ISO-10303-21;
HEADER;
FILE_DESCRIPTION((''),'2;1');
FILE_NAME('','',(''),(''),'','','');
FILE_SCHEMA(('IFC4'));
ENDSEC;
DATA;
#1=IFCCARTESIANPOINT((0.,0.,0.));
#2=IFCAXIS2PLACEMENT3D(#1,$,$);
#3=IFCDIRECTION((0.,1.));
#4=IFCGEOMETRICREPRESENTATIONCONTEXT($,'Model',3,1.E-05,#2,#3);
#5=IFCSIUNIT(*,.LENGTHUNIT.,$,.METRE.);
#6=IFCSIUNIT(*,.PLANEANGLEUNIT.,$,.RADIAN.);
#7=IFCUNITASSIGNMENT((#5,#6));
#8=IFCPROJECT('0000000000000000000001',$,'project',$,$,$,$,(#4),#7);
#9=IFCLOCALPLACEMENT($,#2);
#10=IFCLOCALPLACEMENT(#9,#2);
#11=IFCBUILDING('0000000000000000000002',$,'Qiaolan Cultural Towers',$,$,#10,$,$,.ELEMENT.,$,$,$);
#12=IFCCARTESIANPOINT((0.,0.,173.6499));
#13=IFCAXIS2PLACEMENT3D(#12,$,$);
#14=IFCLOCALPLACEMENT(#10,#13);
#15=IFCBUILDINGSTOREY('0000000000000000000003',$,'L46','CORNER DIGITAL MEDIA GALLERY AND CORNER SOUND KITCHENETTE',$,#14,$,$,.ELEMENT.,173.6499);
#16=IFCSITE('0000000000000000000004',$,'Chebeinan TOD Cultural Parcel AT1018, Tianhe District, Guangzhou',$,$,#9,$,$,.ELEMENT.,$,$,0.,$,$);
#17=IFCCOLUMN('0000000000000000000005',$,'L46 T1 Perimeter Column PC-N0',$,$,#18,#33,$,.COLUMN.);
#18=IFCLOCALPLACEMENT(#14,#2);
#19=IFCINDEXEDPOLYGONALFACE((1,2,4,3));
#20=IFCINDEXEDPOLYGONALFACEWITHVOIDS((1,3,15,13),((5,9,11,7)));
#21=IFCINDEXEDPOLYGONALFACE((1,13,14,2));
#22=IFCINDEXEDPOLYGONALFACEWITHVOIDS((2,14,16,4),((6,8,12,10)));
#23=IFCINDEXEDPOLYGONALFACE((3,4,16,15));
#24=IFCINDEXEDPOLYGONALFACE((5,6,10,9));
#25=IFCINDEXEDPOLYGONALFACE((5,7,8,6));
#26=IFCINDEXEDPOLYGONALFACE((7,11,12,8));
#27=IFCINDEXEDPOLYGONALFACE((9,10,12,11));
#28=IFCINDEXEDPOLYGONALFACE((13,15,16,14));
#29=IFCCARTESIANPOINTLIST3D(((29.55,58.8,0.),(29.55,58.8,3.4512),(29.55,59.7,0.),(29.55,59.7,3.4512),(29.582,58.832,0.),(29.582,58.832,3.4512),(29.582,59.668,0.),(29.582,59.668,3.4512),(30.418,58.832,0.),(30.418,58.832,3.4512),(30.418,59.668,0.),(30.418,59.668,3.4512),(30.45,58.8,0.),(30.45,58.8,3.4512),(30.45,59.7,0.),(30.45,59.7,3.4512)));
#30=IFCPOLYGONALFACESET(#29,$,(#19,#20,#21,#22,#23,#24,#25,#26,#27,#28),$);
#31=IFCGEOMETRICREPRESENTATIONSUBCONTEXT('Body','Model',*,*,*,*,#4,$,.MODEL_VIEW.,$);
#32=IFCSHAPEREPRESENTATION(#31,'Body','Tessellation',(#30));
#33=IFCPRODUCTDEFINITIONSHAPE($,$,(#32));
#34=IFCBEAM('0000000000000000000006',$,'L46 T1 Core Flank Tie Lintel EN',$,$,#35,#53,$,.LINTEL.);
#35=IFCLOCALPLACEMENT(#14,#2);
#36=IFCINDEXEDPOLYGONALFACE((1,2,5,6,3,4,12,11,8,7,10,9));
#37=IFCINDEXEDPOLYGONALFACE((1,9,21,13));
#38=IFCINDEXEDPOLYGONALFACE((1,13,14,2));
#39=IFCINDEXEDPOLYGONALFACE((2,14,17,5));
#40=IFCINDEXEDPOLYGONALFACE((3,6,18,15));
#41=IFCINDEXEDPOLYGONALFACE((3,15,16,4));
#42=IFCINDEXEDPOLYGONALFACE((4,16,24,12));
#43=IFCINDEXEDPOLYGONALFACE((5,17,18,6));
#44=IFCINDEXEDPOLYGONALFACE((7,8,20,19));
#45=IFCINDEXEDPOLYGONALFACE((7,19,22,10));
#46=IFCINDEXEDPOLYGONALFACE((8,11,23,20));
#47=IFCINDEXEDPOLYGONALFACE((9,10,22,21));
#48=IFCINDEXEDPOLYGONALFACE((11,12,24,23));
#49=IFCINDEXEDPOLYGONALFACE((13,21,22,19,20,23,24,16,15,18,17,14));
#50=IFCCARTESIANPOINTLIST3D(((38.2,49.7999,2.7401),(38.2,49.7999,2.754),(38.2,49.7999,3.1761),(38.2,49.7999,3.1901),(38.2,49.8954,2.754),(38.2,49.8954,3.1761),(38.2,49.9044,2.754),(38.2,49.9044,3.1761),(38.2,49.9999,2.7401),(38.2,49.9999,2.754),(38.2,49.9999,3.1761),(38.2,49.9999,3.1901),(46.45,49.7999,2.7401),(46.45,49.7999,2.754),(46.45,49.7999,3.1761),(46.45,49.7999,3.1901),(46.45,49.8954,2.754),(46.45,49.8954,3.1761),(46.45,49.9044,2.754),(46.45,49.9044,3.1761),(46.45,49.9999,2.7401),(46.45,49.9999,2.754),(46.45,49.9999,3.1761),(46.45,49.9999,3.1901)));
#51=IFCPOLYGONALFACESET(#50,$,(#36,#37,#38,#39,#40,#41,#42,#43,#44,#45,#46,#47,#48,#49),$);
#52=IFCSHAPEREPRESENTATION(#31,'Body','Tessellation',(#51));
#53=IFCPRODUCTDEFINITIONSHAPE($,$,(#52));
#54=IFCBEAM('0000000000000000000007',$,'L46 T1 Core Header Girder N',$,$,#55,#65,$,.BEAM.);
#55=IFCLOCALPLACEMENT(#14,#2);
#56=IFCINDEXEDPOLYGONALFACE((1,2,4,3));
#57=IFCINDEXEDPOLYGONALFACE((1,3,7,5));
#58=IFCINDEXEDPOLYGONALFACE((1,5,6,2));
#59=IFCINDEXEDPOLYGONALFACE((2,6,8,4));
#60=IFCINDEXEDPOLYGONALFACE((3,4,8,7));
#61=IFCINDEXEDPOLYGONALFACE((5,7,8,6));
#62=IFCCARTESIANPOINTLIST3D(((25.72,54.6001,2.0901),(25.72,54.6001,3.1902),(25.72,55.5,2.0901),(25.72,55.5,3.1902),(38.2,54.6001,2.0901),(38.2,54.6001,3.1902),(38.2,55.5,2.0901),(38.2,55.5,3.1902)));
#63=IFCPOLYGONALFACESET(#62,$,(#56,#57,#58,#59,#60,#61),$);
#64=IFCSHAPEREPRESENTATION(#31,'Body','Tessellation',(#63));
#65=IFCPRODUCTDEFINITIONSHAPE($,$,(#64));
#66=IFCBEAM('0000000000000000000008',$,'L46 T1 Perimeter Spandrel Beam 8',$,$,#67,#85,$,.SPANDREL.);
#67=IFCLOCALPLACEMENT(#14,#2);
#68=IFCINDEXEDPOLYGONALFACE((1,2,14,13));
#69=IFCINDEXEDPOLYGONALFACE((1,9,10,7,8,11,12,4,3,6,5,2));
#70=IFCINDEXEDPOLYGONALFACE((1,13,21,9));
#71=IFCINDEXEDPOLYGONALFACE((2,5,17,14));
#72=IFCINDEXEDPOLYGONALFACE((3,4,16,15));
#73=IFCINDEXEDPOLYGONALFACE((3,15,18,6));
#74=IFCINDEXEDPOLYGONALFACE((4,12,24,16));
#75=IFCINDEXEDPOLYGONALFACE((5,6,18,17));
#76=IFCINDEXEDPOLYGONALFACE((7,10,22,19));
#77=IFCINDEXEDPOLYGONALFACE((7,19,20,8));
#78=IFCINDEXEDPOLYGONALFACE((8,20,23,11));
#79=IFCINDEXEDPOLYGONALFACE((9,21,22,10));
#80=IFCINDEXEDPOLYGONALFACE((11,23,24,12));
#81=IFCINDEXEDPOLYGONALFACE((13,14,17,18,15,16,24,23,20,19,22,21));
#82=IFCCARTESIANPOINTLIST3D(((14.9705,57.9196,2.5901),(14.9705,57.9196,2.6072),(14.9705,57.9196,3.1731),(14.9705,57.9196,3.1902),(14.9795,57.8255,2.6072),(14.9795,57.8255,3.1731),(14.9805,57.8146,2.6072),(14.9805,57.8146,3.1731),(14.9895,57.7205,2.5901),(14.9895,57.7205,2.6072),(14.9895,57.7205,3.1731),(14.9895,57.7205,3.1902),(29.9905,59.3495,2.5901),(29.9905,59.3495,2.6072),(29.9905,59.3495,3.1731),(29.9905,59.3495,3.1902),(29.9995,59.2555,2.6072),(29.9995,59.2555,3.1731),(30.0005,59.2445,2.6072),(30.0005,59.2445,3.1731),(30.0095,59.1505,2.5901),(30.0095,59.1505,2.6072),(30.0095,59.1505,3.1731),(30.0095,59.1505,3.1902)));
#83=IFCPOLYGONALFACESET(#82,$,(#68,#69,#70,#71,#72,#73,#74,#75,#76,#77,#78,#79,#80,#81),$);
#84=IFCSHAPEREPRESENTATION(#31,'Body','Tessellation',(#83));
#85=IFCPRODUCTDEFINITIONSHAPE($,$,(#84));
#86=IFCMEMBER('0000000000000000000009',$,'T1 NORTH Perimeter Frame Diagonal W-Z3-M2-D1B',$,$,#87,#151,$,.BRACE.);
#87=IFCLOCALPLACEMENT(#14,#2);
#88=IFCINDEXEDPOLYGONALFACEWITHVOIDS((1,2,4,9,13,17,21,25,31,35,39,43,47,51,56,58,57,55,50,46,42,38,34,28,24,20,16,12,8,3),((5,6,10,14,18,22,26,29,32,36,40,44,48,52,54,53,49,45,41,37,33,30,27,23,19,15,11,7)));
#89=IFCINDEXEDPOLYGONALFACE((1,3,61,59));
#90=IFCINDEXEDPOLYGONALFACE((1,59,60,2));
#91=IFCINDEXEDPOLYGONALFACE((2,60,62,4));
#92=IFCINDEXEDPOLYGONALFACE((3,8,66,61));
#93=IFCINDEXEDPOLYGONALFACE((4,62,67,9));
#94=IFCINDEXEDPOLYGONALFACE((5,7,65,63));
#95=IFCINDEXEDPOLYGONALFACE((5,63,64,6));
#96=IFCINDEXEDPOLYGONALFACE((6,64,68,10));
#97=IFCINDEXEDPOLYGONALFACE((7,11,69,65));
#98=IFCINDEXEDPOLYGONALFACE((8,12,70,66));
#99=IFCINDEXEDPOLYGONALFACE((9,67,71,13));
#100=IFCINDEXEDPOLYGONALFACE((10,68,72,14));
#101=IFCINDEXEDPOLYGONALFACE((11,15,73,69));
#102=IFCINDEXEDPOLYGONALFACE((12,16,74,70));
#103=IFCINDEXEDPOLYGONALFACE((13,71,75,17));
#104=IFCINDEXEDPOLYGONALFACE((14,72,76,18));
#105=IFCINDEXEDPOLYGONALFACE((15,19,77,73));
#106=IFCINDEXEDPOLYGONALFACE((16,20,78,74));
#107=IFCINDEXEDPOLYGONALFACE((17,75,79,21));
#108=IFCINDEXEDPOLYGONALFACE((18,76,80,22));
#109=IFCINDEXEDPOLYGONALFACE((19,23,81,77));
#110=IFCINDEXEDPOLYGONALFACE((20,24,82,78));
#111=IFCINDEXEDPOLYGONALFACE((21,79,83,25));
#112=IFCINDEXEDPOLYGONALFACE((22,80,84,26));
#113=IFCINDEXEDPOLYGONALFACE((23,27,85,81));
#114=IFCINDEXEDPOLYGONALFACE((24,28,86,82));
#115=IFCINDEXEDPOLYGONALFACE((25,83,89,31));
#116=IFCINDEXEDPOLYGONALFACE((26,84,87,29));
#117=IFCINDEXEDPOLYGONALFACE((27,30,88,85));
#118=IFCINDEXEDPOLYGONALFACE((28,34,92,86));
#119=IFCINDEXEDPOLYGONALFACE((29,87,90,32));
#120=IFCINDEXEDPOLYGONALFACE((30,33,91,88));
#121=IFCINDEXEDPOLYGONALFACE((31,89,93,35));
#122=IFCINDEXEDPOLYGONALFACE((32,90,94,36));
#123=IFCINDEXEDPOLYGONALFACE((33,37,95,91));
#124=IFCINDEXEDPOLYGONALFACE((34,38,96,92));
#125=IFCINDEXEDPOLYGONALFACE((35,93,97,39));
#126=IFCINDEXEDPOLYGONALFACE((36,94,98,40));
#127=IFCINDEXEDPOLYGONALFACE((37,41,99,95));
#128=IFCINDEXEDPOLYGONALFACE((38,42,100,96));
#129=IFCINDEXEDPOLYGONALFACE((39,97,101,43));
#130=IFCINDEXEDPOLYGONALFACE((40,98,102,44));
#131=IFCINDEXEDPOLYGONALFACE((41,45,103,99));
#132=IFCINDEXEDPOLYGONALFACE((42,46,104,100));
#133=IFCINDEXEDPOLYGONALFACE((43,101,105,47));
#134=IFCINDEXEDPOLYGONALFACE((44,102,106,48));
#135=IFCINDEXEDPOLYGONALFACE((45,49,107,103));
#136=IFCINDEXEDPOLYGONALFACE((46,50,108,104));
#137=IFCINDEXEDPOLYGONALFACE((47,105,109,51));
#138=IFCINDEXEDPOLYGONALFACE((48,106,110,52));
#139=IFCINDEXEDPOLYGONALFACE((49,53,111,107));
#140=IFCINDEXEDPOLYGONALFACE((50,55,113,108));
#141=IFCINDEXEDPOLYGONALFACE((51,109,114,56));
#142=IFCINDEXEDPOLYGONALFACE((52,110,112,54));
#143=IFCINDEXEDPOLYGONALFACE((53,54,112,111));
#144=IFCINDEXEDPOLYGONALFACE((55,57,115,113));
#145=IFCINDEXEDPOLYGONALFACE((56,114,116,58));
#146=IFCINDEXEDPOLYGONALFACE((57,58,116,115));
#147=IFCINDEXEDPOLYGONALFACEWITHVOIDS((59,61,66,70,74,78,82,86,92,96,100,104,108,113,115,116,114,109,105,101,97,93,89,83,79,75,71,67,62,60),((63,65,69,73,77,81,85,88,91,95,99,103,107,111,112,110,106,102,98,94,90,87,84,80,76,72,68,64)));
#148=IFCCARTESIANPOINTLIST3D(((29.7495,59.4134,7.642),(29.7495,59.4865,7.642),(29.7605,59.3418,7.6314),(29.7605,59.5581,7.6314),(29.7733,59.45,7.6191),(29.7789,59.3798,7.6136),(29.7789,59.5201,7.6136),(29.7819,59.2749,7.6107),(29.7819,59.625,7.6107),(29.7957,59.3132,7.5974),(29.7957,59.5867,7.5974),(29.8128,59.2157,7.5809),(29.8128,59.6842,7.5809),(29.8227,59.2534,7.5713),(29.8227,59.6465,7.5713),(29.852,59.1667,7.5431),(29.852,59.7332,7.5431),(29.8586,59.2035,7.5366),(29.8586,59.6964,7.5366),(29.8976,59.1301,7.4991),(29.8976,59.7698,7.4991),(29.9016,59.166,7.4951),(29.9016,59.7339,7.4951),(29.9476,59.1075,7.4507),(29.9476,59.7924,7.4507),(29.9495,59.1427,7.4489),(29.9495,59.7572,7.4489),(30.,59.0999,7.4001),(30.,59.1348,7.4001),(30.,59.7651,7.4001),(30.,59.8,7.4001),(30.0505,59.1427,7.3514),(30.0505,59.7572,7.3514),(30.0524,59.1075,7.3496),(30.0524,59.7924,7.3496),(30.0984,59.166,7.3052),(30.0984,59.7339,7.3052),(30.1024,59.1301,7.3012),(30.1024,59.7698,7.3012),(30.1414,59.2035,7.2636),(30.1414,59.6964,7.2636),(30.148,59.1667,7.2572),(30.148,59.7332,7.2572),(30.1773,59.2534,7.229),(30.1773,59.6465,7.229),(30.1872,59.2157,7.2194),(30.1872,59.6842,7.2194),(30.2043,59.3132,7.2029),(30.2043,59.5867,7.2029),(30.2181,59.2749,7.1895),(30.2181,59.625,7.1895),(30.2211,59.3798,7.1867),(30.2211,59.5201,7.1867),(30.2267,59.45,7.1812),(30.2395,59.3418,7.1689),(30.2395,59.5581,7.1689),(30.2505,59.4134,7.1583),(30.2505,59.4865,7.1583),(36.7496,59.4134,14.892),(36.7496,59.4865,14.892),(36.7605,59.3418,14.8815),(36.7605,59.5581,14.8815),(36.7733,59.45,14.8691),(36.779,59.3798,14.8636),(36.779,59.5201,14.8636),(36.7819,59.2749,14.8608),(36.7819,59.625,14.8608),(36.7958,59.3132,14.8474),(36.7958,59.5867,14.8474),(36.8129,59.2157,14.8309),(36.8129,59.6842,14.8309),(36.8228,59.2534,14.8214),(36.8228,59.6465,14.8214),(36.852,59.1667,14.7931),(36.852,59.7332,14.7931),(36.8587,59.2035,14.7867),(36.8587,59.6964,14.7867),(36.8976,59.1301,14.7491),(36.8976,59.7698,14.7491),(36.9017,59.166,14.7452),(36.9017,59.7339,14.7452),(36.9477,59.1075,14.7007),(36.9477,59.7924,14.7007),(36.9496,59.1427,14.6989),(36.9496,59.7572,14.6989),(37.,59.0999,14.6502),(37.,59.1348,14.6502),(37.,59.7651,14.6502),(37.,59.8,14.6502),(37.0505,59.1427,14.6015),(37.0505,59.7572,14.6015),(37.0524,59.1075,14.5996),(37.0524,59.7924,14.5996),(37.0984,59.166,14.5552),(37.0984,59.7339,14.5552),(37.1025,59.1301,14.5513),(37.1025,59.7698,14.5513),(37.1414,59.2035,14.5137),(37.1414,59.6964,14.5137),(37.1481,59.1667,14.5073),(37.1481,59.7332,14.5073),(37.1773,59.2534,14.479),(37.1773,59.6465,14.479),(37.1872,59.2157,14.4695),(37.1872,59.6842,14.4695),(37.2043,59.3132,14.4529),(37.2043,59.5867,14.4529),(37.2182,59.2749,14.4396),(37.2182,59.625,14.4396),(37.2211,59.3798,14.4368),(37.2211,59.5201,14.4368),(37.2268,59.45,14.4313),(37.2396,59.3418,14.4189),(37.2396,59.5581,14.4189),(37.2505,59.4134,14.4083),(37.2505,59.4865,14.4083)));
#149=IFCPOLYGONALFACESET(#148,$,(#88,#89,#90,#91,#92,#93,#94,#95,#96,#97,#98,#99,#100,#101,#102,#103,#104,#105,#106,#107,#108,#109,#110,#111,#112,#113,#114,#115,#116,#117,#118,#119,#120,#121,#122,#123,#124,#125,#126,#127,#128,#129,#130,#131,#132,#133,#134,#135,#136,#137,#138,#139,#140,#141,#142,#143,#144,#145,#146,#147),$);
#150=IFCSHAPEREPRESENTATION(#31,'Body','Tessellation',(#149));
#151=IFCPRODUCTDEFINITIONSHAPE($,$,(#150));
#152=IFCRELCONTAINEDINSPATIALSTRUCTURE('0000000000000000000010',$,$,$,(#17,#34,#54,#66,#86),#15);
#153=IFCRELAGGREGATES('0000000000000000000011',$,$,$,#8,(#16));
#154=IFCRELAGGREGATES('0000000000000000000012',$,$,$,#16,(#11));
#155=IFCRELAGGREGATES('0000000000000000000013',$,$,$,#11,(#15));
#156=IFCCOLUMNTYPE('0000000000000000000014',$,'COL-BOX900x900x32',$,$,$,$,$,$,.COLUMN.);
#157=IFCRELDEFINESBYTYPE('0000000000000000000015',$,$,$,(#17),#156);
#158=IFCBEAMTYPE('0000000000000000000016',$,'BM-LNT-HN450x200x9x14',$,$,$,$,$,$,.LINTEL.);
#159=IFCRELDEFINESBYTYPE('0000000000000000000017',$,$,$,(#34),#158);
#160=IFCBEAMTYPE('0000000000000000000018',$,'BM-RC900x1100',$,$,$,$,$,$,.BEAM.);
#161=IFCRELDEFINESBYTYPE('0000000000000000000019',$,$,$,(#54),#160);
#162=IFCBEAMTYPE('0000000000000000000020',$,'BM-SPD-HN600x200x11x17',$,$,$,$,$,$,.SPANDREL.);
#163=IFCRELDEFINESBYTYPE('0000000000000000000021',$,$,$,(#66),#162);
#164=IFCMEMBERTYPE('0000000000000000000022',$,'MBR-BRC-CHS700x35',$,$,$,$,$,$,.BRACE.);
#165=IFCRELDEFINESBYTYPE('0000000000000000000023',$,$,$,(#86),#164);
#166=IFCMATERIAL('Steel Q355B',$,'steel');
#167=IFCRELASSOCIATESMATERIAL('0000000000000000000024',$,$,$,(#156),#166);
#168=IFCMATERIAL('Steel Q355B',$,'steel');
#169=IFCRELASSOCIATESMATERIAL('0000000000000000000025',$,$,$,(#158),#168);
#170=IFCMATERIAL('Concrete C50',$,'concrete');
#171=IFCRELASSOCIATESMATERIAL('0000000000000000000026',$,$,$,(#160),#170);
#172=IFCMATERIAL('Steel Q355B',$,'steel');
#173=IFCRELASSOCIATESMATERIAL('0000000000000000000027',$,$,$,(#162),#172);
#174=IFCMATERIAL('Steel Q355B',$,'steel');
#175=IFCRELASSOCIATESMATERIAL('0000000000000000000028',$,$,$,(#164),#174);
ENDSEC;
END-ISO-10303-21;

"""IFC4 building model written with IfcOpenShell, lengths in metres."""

from ifc_helpers import new_model, si_unit, direction, frame, origin, origin_2d, place, context, subcontext, project, spatial, rectangle, hollow_rectangle, hollow_circle, i_section, extrude, material, material_profile, profile_set, type_object, element, save


model = new_model("IFC4")

# Units and contexts
model_context = context("Model", 3, precision=1e-05, world=origin(), true_north=direction((0.0, 1.0)))
body_context = subcontext(model_context, "Body", "Model", "MODEL_VIEW")
ifc_project = project(units=[si_unit("LENGTHUNIT", "METRE"), si_unit("PLANEANGLEUNIT", "RADIAN")], contexts=[model_context])

# Site, building, storey
site_placement = place(None, origin())
site = spatial("IfcSite", under=ifc_project, at=site_placement, Name="Chebeinan TOD Cultural Parcel AT1018, Tianhe District, Guangzhou", CompositionType="ELEMENT", RefElevation=0.0)
building_placement = place(site_placement, origin())
building = spatial("IfcBuilding", under=site, at=building_placement, Name="Qiaolan Cultural Towers", CompositionType="ELEMENT")
storey_placement = place(building_placement, frame((0.0, 0.0, 173.6499)))
storey = spatial("IfcBuildingStorey", under=building, at=storey_placement, Name="L46", Description="CORNER DIGITAL MEDIA GALLERY AND CORNER SOUND KITCHENETTE", CompositionType="ELEMENT", Elevation=173.6499)

# Column
ifc_material_1 = material(Name="Steel Q355B", Category="steel")
ifc_material_profile_1 = material_profile(ifc_material_1, hollow_rectangle(XDim=0.8999, YDim=0.8999, WallThickness=0.032, at=origin_2d()), Name="BOX900x900x32")
ifc_profile_set_1 = profile_set([ifc_material_profile_1], Name="Steel Q355B")
column_type = type_object("IfcColumnType", Name="COL-BOX900x900x32", PredefinedType="COLUMN", material=ifc_profile_set_1)
column_placement = place(storey_placement, frame((30.0, 59.25, 0.0), z_axis=(0.0, 0.0, 1.0), x_axis=(1.0, 0.0, 0.0)))
element("IfcColumn", 1, at=column_placement, inside=storey, type_object=column_type, Name="L46 T1 Perimeter Column PC-N0", PredefinedType="COLUMN", context=body_context, shape_type="SweptSolid", body=[
    extrude(hollow_rectangle(XDim=0.8999, YDim=0.8999, WallThickness=0.032, at=origin_2d()), origin(), (0.0, 0.0, 1.0), 3.4512),
])

# Beams
ifc_material_2 = material(Name="Steel Q355B", Category="steel")
ifc_material_profile_2 = material_profile(ifc_material_2, i_section(OverallWidth=0.2, OverallDepth=0.45, WebThickness=0.009, FlangeThickness=0.0139, at=origin_2d()), Name="HN450x200x9x14")
ifc_profile_set_2 = profile_set([ifc_material_profile_2], Name="Steel Q355B")
beam_type_1 = type_object("IfcBeamType", Name="BM-LNT-HN450x200x9x14", PredefinedType="LINTEL", material=ifc_profile_set_2)
beam_1_placement = place(storey_placement, frame((38.2, 49.8999, 2.9651), z_axis=(1.0, 0.0, 0.0), x_axis=(0.0, 1.0, 0.0)))
element("IfcBeam", 2, at=beam_1_placement, inside=storey, type_object=beam_type_1, Name="L46 T1 Core Flank Tie Lintel EN", PredefinedType="LINTEL", context=body_context, shape_type="SweptSolid", body=[
    extrude(i_section(OverallWidth=0.2, OverallDepth=0.45, WebThickness=0.009, FlangeThickness=0.0139, at=origin_2d()), origin(), (0.0, 0.0, 1.0), 8.25),
])
ifc_material_3 = material(Name="Concrete C50", Category="concrete")
ifc_material_profile_3 = material_profile(ifc_material_3, rectangle(XDim=0.8999, YDim=1.1001, at=origin_2d()), Name="RC900x1100")
ifc_profile_set_3 = profile_set([ifc_material_profile_3], Name="Concrete C50")
beam_type_2 = type_object("IfcBeamType", Name="BM-RC900x1100", PredefinedType="BEAM", material=ifc_profile_set_3)
beam_2_placement = place(storey_placement, frame((25.72, 55.05, 2.6401), z_axis=(1.0, 0.0, 0.0), x_axis=(0.0, 1.0, 0.0)))
element("IfcBeam", 3, at=beam_2_placement, inside=storey, type_object=beam_type_2, Name="L46 T1 Core Header Girder N", PredefinedType="BEAM", context=body_context, shape_type="SweptSolid", body=[
    extrude(rectangle(XDim=0.8999, YDim=1.1001, at=origin_2d()), origin(), (0.0, 0.0, 1.0), 12.48),
])
ifc_material_4 = material(Name="Steel Q355B", Category="steel")
ifc_material_profile_4 = material_profile(ifc_material_4, i_section(OverallWidth=0.2, OverallDepth=0.6001, WebThickness=0.011, FlangeThickness=0.0171, at=origin_2d()), Name="HN600x200x11x17")
ifc_profile_set_4 = profile_set([ifc_material_profile_4], Name="Steel Q355B")
beam_type_3 = type_object("IfcBeamType", Name="BM-SPD-HN600x200x11x17", PredefinedType="SPANDREL", material=ifc_profile_set_4)
beam_3_placement = place(storey_placement, frame((30.0, 59.25, 2.8901), z_axis=(-0.995499, -0.094773, 0.0), x_axis=(0.094773, -0.995499, 0.0)))
element("IfcBeam", 4, at=beam_3_placement, inside=storey, type_object=beam_type_3, Name="L46 T1 Perimeter Spandrel Beam 8", PredefinedType="SPANDREL", context=body_context, shape_type="SweptSolid", body=[
    extrude(i_section(OverallWidth=0.2, OverallDepth=0.6001, WebThickness=0.011, FlangeThickness=0.0171, at=origin_2d()), origin(), (0.0, 0.0, 1.0), 15.0879),
])

# Member
ifc_material_5 = material(Name="Steel Q355B", Category="steel")
ifc_material_profile_5 = material_profile(ifc_material_5, hollow_circle(Radius=0.3501, WallThickness=0.0349, at=origin_2d()), Name="CHS700x35")
ifc_profile_set_5 = profile_set([ifc_material_profile_5], Name="Steel Q355B")
member_type = type_object("IfcMemberType", Name="MBR-BRC-CHS700x35", PredefinedType="BRACE", material=ifc_profile_set_5)
for number, where, z_axis, x_axis, name in (
    (5, (30.0, 59.45, 7.4001), (0.694595, 0.0, 0.719401), (0.0, 1.0, 0.0), "T1 NORTH Perimeter Frame Diagonal W-Z3-M2-D1B"),
):
    element("IfcMember", number, at=place(storey_placement, frame(where, z_axis=z_axis, x_axis=x_axis)), inside=storey, type_object=member_type, Name=name, PredefinedType="BRACE", context=body_context, shape_type="SweptSolid", body=[
        extrude(hollow_circle(Radius=0.3501, WallThickness=0.0349, at=origin_2d()), origin(), (0.0, 0.0, 1.0), 10.0779),
    ])

save(model, "model.ifc")
